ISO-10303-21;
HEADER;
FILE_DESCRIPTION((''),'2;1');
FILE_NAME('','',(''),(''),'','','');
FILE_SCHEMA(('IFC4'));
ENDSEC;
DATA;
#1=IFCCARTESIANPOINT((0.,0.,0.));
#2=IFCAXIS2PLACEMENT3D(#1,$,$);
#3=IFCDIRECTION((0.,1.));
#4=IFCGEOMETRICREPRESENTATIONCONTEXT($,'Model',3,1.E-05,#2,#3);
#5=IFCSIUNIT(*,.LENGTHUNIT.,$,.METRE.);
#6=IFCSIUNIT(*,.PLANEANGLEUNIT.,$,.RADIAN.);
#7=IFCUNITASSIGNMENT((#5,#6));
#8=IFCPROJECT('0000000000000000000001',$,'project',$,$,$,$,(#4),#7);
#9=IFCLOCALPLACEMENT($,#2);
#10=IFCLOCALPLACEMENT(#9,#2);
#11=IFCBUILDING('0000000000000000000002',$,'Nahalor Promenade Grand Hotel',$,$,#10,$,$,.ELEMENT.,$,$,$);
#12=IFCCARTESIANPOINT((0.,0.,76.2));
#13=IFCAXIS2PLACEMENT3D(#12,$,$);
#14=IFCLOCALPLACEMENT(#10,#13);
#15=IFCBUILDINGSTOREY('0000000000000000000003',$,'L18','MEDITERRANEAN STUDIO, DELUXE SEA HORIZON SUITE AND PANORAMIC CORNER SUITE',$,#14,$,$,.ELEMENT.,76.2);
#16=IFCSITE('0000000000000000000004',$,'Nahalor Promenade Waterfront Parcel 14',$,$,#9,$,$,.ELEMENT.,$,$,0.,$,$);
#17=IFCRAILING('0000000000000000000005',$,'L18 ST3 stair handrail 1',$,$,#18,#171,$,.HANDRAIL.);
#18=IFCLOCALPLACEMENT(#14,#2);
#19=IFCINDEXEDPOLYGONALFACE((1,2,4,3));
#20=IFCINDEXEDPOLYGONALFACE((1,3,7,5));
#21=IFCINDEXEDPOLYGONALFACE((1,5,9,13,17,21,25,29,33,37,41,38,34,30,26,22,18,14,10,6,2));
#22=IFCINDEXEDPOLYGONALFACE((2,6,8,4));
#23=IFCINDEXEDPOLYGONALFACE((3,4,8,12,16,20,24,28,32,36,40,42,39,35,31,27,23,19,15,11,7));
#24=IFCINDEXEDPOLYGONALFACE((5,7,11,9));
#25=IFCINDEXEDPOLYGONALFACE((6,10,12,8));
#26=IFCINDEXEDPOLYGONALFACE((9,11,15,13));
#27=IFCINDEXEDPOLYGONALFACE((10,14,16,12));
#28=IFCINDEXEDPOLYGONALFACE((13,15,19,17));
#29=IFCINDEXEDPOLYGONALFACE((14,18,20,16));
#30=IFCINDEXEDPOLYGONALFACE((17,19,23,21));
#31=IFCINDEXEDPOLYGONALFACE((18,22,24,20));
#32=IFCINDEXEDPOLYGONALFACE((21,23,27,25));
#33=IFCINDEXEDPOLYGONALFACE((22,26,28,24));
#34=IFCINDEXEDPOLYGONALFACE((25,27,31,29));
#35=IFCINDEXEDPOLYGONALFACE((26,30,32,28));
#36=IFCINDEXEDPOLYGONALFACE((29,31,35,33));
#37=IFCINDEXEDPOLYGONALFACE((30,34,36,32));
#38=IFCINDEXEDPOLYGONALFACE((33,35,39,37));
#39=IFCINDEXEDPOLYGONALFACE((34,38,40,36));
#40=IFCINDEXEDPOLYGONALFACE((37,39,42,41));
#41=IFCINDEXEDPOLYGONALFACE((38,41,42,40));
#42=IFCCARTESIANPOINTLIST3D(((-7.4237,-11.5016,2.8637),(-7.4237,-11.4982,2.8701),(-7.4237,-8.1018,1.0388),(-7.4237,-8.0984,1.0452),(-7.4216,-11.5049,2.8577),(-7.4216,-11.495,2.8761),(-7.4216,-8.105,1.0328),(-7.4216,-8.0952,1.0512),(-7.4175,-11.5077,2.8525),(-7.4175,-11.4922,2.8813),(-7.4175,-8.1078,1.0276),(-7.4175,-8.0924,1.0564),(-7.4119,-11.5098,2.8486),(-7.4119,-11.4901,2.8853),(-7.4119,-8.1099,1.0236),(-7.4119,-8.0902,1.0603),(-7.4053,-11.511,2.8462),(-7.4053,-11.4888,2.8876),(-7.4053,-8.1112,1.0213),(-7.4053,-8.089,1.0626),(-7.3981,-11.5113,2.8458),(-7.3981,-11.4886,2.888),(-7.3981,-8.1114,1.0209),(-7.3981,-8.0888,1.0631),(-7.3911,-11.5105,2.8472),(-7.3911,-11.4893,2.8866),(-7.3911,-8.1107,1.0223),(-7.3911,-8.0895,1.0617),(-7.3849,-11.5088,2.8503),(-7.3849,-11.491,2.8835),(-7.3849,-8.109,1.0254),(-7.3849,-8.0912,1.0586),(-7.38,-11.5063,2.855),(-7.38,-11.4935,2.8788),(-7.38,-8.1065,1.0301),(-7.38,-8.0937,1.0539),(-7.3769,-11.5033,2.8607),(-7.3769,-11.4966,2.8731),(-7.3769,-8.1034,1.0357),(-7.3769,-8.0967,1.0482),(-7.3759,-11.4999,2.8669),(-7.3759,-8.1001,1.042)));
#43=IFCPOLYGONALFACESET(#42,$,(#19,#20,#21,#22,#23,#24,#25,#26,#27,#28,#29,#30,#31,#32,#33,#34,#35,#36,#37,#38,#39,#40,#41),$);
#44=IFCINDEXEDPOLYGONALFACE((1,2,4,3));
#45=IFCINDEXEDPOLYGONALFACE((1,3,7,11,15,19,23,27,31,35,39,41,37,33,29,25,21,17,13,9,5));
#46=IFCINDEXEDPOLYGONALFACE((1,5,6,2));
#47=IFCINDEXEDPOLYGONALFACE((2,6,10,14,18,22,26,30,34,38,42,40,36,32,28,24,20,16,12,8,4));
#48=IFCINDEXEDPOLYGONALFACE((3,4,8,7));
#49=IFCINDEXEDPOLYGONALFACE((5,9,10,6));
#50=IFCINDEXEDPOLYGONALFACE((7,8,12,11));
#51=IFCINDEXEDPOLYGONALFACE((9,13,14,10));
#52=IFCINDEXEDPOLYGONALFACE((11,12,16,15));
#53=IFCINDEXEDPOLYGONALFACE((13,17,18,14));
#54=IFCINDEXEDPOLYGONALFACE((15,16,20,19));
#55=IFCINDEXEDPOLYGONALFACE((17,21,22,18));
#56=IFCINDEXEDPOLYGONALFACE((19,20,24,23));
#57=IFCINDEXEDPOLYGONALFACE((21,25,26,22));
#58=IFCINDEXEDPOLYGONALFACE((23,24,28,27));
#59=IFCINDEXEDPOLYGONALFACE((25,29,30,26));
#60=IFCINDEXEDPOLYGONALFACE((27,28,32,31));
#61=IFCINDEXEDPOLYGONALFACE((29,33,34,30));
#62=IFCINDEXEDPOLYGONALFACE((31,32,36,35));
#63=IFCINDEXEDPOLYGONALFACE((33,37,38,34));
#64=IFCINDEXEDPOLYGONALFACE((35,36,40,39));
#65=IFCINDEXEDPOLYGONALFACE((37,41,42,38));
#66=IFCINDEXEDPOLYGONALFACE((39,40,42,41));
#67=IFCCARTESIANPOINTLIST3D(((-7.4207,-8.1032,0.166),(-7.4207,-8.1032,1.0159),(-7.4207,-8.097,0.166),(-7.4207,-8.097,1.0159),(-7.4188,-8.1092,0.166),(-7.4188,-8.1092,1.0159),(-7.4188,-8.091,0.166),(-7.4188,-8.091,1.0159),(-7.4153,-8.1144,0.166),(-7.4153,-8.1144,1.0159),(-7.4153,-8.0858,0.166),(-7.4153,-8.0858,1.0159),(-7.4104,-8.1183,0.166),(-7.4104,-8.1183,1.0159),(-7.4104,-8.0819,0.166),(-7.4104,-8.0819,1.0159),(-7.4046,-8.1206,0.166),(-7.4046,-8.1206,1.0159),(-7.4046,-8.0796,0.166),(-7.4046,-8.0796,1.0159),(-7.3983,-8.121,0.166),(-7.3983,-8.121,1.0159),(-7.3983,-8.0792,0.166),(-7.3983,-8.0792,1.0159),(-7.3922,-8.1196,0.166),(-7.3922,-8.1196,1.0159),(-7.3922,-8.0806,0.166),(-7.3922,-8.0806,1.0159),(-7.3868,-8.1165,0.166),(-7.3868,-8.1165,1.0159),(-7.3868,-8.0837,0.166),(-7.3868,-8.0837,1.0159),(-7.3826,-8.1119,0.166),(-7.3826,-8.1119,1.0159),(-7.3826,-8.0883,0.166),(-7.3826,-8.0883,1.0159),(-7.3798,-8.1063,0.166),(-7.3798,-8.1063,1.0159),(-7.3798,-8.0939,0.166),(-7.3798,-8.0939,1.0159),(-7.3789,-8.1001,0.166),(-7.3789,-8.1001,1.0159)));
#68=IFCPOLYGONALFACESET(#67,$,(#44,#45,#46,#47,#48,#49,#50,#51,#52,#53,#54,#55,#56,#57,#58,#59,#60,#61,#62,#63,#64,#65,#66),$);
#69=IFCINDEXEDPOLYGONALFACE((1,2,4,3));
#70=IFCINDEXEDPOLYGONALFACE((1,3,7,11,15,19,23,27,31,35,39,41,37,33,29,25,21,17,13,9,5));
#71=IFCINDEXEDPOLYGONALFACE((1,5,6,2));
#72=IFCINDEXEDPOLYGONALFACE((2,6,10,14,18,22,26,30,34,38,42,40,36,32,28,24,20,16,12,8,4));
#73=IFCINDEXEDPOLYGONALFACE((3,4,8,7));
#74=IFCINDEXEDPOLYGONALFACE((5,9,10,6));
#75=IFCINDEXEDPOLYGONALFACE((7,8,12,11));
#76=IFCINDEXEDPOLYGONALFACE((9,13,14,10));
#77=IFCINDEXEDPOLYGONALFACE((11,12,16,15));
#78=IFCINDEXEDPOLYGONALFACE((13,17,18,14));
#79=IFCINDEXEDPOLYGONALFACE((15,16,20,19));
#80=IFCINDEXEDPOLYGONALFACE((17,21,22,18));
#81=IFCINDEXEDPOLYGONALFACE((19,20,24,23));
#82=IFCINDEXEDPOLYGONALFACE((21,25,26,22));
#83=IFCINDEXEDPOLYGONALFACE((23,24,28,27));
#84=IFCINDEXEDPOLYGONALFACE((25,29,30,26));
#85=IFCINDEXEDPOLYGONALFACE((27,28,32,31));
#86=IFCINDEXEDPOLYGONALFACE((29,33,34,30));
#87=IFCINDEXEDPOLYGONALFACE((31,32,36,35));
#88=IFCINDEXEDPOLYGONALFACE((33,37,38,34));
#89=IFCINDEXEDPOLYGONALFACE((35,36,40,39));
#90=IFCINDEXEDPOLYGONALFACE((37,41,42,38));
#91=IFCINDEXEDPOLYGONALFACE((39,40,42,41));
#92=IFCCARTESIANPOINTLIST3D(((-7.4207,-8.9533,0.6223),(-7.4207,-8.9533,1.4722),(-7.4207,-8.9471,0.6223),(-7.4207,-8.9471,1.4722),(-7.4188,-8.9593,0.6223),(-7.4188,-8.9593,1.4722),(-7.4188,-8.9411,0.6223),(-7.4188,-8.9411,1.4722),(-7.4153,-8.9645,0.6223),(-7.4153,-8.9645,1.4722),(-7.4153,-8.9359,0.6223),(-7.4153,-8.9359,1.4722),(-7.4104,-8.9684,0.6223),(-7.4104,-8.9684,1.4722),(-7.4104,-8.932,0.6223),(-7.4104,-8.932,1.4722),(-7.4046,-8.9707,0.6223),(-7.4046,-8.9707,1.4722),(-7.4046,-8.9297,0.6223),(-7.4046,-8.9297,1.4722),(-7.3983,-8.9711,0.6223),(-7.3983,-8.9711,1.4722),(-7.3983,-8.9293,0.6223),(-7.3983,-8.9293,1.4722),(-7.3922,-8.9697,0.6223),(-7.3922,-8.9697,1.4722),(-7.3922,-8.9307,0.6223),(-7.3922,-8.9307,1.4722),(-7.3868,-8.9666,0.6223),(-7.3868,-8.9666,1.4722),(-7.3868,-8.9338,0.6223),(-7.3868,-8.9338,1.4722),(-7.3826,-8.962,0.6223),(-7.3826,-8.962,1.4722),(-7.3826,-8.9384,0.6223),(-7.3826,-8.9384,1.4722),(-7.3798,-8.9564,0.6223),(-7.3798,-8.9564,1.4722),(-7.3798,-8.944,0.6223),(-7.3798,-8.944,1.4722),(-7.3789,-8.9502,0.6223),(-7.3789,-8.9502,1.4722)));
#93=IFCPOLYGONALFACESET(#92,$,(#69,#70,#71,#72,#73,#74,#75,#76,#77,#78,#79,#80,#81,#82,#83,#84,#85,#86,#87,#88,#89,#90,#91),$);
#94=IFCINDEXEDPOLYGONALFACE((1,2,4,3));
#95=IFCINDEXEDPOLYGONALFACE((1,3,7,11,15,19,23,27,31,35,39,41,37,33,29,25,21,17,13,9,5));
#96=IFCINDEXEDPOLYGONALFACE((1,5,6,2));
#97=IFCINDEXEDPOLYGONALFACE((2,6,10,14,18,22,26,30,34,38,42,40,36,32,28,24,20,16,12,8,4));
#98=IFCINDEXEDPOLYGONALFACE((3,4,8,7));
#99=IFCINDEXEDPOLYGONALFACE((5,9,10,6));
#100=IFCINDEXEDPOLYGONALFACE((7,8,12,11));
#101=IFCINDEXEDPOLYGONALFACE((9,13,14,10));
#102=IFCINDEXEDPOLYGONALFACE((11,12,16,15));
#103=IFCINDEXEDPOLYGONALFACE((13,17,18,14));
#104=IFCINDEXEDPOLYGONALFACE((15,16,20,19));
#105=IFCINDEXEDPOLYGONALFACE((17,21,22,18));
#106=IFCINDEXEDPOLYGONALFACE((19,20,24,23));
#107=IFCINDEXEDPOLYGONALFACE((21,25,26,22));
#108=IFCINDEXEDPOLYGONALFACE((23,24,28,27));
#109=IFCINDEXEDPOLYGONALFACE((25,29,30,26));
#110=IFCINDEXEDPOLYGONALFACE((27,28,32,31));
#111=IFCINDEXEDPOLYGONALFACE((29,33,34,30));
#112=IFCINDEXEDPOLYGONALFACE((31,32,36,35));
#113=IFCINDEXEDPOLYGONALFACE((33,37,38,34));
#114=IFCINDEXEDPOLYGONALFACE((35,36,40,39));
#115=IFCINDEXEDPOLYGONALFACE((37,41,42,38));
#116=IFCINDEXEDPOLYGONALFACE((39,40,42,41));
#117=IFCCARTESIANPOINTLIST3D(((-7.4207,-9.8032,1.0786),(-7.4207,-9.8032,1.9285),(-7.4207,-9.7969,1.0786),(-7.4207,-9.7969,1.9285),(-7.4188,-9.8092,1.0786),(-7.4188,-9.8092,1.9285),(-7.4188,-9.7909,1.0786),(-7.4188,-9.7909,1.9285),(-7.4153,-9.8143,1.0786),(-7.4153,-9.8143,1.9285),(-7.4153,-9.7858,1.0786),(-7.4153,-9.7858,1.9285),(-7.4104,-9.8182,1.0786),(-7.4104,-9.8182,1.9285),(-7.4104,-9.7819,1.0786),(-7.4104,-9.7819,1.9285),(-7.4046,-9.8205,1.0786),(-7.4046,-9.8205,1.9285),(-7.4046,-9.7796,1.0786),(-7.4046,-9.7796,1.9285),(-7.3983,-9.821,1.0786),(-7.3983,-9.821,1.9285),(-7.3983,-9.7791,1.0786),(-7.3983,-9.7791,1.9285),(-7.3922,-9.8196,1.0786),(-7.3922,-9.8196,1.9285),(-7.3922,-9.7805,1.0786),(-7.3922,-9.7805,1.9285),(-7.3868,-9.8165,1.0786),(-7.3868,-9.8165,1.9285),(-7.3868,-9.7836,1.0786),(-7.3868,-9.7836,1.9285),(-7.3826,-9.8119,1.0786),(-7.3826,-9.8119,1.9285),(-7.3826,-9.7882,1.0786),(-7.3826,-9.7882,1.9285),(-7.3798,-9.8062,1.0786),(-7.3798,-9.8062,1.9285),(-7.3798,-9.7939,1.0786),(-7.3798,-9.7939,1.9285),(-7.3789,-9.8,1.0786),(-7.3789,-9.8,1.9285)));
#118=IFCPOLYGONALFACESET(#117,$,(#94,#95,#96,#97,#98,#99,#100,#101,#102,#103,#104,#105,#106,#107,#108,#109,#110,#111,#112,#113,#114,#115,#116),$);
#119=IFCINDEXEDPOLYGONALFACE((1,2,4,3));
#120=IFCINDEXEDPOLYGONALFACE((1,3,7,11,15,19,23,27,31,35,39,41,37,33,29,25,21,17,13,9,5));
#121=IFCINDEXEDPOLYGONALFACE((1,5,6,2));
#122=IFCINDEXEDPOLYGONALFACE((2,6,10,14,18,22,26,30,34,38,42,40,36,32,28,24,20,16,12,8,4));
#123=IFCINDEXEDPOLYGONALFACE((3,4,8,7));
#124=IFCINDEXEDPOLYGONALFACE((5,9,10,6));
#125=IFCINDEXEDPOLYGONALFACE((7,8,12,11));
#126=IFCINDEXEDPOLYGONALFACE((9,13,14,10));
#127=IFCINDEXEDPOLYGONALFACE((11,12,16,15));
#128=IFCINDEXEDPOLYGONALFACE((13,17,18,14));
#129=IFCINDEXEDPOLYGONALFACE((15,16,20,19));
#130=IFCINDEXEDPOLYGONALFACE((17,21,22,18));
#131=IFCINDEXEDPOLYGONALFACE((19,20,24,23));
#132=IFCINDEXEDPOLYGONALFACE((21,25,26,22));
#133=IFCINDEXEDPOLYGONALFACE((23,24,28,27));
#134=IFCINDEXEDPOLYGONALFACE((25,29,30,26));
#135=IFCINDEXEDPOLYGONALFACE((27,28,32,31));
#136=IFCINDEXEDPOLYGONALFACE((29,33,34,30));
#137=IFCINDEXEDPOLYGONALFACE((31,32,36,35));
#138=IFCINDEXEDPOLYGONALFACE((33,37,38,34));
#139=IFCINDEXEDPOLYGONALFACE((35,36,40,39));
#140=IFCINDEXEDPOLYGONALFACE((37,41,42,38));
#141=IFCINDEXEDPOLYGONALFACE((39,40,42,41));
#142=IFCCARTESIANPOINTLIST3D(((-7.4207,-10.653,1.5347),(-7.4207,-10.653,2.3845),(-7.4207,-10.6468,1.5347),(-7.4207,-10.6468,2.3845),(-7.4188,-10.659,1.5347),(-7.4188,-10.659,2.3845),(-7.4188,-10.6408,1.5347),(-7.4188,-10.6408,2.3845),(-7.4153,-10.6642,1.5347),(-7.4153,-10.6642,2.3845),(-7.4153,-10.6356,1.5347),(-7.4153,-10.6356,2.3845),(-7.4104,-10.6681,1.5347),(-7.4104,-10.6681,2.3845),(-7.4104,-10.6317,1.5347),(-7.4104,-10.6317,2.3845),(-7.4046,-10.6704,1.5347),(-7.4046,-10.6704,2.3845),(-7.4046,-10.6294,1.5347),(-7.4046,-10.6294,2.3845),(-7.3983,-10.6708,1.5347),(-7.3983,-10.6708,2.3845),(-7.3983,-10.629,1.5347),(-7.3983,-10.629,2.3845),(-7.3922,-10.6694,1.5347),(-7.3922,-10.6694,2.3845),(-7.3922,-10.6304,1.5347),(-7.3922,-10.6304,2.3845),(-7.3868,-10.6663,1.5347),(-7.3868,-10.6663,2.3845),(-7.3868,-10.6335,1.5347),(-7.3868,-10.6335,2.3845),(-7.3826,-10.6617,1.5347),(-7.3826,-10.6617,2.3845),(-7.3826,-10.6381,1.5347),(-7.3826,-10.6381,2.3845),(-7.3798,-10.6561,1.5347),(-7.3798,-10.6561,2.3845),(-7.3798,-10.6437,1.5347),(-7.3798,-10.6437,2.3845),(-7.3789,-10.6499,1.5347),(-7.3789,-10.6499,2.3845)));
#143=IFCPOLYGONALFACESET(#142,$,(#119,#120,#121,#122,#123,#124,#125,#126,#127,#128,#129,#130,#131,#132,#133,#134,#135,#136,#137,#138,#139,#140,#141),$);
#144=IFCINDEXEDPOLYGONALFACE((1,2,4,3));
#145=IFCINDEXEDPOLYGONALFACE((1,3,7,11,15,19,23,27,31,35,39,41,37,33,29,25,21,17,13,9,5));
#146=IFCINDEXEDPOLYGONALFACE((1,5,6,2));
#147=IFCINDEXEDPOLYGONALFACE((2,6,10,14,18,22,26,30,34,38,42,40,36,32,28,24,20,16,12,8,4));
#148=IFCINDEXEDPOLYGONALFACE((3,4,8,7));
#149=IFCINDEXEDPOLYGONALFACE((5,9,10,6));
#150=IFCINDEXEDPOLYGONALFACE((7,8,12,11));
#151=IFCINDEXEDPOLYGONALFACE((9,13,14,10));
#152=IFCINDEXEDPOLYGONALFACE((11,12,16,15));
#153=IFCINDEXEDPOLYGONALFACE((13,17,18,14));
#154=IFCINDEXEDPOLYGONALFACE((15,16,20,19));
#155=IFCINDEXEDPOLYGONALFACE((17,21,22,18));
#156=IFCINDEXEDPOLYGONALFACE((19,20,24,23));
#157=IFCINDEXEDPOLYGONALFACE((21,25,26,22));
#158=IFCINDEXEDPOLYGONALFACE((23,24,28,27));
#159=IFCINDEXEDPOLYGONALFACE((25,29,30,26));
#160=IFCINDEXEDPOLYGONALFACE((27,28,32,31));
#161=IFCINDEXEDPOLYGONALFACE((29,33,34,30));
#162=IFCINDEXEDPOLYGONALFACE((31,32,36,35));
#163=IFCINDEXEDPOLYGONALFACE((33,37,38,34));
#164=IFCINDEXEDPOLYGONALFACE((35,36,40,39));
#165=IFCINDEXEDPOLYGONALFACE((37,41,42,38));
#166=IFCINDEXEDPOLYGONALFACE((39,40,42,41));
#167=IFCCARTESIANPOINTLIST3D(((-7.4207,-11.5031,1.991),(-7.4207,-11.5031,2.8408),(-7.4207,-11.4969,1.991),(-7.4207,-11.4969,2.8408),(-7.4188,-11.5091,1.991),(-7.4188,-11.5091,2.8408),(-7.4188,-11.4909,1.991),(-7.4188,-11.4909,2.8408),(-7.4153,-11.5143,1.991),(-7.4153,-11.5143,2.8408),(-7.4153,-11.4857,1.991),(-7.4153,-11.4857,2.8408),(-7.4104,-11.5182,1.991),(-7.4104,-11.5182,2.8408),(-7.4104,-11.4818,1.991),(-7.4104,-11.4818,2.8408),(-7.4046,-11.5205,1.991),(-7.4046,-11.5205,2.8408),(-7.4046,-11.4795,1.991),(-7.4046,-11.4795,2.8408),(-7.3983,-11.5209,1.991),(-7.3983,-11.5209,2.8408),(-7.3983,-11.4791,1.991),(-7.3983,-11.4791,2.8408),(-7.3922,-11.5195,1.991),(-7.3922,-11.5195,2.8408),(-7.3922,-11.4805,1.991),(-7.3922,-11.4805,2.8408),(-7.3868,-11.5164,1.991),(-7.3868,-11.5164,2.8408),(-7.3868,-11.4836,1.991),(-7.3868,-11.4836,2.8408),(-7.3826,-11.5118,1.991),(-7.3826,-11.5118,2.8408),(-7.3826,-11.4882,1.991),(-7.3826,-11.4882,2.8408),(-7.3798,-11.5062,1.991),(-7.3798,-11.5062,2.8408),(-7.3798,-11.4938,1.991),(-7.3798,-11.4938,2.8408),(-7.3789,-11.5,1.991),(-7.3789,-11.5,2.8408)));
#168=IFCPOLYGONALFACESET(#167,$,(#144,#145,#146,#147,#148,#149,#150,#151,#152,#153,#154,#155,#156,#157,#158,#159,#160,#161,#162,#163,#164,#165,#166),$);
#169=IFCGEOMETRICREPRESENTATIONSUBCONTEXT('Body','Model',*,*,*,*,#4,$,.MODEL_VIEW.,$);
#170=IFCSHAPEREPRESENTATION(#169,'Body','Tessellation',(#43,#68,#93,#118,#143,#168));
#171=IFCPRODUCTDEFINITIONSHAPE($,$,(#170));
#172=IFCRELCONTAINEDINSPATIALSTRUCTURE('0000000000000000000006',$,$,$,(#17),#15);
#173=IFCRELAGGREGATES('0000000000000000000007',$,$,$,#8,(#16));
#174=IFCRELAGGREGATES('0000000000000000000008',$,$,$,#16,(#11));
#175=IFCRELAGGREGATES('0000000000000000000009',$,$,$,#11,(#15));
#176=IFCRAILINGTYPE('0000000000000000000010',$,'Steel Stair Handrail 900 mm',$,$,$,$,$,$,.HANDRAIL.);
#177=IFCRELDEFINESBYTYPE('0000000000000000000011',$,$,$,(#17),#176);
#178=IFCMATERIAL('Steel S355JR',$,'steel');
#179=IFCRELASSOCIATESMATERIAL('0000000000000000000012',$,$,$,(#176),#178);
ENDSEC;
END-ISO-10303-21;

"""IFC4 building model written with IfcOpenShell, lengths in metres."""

from ifc_helpers import new_model, si_unit, direction, frame, origin, origin_2d, place, context, subcontext, project, spatial, circle, extrude, material, type_object, element, save


model = new_model("IFC4")

# Units and contexts
model_context = context("Model", 3, precision=1e-05, world=origin(), true_north=direction((0.0, 1.0)))
body_context = subcontext(model_context, "Body", "Model", "MODEL_VIEW")
ifc_project = project(units=[si_unit("LENGTHUNIT", "METRE"), si_unit("PLANEANGLEUNIT", "RADIAN")], contexts=[model_context])

# Site, building, storey
site_placement = place(None, origin())
site = spatial("IfcSite", under=ifc_project, at=site_placement, Name="Nahalor Promenade Waterfront Parcel 14", CompositionType="ELEMENT", RefElevation=0.0)
building_placement = place(site_placement, origin())
building = spatial("IfcBuilding", under=site, at=building_placement, Name="Nahalor Promenade Grand Hotel", CompositionType="ELEMENT")
storey_placement = place(building_placement, frame((0.0, 0.0, 76.2)))
storey = spatial("IfcBuildingStorey", under=building, at=storey_placement, Name="L18", Description="MEDITERRANEAN STUDIO, DELUXE SEA HORIZON SUITE AND PANORAMIC CORNER SUITE", CompositionType="ELEMENT", Elevation=76.2)

# Shared definitions
ifc_material_1 = material(Name="Steel S355JR", Category="steel")

# Railing
railing_type_1 = type_object("IfcRailingType", Name="Steel Stair Handrail 900 mm", PredefinedType="HANDRAIL", material=ifc_material_1)
railing_1_placement = place(storey_placement, frame((-7.3999, -8.1001, 0.166)))
element("IfcRailing", 1, at=railing_1_placement, inside=storey, type_object=railing_type_1, Name="L18 ST3 stair handrail 1", PredefinedType="HANDRAIL", context=body_context, shape_type="SweptSolid", body=[
    extrude(circle(Radius=0.024, at=origin_2d()), frame((0.0, 0.0, 0.876), z_axis=(0.0, -0.881094, 0.472941), x_axis=(1.0, 0.0, 0.0)), (0.0, 0.0, 1.0), 3.8586),
    extrude(circle(Radius=0.021, at=origin_2d()), origin(), (0.0, 0.0, 1.0), 0.8499),
    extrude(circle(Radius=0.021, at=origin_2d()), frame((0.0, -0.8501, 0.4563)), (0.0, 0.0, 1.0), 0.8499),
    extrude(circle(Radius=0.021, at=origin_2d()), frame((0.0, -1.7, 0.9126)), (0.0, 0.0, 1.0), 0.8499),
    extrude(circle(Radius=0.021, at=origin_2d()), frame((0.0, -2.5498, 1.3687)), (0.0, 0.0, 1.0), 0.8499),
    extrude(circle(Radius=0.021, at=origin_2d()), frame((0.0, -3.3999, 1.825)), (0.0, 0.0, 1.0), 0.8499),
])

save(model, "model.ifc")
